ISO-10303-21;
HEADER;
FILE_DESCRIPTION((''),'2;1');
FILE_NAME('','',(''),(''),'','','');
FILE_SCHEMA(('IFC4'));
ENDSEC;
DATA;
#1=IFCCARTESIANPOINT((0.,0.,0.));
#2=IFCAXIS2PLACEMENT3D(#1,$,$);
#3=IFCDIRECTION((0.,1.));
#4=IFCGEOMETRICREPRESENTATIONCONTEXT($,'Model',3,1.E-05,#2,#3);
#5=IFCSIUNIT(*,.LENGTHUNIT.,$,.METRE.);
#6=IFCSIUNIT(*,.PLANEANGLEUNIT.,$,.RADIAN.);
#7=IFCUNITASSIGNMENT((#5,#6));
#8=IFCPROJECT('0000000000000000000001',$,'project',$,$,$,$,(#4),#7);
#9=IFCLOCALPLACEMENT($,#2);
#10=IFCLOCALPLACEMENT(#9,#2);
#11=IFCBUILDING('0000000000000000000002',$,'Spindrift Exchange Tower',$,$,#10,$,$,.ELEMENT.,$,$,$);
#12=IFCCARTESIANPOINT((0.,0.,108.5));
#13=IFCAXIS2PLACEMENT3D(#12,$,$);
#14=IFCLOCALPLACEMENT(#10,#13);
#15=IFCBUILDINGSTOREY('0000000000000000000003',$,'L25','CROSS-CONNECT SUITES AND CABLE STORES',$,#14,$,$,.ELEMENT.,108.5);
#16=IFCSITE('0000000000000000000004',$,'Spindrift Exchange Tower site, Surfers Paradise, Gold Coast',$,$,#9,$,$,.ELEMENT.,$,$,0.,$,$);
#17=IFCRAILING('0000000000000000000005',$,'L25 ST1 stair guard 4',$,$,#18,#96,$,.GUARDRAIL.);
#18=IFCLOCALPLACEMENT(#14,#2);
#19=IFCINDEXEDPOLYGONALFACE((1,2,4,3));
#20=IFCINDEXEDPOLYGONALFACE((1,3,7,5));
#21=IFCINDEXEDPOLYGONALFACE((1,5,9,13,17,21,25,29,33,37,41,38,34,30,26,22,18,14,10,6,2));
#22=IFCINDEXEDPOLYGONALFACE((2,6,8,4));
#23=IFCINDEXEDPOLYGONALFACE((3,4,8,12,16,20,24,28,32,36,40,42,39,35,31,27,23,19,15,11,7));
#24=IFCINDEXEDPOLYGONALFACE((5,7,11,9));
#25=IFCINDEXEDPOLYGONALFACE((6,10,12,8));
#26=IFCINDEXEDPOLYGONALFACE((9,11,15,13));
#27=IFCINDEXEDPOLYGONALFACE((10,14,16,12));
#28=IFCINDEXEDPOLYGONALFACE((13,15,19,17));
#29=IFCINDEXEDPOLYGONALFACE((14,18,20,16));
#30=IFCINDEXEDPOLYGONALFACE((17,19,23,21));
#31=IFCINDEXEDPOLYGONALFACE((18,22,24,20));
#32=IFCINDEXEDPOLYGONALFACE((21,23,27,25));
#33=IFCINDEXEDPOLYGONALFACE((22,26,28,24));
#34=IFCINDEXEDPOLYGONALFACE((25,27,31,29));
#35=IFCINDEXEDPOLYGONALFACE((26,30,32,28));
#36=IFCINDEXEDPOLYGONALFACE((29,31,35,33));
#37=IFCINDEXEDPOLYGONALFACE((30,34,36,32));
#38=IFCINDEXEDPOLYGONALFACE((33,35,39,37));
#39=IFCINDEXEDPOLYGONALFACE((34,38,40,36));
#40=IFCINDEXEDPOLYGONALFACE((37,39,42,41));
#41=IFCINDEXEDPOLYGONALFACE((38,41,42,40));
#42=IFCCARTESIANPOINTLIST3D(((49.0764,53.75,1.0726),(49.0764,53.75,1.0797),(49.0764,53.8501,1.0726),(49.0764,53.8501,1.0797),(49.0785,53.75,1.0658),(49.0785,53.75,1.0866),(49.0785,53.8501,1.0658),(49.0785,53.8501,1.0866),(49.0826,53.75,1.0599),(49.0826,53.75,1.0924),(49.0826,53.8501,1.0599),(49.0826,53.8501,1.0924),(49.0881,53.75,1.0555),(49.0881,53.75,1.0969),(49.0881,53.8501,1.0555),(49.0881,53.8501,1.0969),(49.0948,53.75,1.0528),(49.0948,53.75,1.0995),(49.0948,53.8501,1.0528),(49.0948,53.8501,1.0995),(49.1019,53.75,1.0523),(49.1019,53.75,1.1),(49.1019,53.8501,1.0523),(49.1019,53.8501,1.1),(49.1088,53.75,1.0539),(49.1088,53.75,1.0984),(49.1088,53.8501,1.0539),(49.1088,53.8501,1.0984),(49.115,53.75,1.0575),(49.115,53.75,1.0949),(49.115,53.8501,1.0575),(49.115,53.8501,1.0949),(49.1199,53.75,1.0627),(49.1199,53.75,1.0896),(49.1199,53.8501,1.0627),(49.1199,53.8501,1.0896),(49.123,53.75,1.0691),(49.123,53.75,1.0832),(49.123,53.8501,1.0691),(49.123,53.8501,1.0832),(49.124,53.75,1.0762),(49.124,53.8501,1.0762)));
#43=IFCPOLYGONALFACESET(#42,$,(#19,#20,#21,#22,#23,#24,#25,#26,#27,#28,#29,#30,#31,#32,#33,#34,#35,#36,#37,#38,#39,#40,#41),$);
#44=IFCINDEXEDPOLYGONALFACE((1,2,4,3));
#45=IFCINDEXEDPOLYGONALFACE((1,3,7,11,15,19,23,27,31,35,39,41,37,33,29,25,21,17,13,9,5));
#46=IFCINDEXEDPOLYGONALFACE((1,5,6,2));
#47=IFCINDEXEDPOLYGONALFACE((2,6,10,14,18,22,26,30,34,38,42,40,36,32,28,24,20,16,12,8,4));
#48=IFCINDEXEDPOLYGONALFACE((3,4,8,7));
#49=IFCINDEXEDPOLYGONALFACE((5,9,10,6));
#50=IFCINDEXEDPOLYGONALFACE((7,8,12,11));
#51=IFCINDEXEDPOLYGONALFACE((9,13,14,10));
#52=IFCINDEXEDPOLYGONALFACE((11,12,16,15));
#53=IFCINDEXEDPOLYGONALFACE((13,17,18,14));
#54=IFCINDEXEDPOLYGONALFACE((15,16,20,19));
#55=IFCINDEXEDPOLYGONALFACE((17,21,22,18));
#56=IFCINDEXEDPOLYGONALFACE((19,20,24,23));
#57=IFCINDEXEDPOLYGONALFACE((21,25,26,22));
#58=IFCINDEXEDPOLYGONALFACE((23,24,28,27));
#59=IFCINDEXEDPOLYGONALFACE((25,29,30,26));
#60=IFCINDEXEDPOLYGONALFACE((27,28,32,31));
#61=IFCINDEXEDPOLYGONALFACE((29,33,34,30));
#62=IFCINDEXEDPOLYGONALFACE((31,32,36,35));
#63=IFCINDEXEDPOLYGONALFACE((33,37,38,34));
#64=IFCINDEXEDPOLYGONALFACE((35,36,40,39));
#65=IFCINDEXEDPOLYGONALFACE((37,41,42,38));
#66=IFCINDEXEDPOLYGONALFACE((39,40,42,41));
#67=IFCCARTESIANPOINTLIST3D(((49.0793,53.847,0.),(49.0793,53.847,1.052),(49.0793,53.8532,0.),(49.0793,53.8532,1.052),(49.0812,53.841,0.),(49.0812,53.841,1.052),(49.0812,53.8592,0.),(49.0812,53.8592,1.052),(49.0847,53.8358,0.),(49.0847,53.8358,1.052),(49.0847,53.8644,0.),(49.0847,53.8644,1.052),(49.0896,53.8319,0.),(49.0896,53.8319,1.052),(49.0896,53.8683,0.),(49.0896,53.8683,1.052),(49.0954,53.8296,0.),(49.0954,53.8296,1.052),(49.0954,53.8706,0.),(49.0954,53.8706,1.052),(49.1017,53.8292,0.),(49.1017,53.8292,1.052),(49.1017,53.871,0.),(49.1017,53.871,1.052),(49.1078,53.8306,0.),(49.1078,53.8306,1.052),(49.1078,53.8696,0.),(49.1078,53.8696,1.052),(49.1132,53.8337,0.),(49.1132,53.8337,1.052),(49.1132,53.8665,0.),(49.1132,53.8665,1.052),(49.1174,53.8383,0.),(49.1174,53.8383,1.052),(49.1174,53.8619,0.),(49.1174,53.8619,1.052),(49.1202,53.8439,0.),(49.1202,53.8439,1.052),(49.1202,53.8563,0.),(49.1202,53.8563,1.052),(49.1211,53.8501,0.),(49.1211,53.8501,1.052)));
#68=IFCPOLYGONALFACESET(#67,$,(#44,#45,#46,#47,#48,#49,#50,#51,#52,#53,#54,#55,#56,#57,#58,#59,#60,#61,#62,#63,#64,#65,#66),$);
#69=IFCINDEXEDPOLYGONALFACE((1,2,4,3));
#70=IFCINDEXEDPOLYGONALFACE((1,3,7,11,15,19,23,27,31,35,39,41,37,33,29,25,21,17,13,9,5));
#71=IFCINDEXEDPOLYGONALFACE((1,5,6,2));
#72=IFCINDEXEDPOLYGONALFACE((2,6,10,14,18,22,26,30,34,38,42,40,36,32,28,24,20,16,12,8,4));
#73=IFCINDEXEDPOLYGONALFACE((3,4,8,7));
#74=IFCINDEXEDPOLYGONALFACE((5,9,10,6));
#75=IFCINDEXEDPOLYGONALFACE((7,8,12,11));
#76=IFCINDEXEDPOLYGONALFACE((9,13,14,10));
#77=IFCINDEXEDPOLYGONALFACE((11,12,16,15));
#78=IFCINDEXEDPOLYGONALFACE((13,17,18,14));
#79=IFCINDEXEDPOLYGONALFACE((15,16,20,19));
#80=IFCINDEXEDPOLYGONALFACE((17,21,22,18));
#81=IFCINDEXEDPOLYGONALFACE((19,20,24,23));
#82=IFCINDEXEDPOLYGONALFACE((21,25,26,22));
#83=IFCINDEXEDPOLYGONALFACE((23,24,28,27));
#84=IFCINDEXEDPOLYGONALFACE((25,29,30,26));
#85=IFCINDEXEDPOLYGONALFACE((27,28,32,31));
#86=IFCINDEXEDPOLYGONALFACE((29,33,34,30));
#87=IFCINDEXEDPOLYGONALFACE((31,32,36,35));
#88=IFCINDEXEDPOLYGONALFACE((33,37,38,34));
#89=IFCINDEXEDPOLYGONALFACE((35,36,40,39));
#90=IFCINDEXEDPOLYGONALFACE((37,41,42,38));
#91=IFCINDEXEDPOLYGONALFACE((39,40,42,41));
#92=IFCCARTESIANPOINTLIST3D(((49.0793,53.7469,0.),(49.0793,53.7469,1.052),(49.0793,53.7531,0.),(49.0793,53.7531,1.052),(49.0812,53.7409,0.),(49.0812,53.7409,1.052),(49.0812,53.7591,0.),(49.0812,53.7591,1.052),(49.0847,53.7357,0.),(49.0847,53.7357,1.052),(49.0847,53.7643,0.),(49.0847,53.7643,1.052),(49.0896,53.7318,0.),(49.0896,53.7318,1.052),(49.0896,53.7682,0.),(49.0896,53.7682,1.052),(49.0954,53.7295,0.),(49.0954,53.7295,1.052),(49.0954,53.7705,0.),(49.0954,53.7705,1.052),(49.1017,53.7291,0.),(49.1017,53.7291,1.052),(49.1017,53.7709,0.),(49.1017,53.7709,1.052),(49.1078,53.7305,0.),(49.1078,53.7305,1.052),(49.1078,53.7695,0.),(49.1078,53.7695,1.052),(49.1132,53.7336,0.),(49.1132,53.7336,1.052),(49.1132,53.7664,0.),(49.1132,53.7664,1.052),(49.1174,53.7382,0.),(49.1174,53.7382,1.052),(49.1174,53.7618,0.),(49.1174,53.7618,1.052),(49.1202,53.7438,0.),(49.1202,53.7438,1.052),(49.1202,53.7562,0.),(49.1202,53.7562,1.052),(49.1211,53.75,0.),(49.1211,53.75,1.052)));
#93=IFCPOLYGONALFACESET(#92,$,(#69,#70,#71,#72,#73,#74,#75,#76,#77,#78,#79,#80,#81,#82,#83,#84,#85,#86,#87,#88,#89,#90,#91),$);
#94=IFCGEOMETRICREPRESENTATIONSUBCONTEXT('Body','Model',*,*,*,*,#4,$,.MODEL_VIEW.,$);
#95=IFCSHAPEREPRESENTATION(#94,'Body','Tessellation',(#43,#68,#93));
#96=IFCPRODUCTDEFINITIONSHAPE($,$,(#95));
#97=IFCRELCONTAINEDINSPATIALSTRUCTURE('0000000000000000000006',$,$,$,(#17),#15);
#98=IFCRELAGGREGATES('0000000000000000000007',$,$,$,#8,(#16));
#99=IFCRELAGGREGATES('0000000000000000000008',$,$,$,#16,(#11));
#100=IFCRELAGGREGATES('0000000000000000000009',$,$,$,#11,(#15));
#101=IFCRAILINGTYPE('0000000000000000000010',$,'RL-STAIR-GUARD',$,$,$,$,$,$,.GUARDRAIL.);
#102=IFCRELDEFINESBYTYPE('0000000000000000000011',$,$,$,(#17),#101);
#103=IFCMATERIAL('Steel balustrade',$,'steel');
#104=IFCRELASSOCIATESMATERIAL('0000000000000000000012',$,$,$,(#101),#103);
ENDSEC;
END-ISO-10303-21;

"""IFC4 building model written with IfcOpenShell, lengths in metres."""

from ifc_helpers import new_model, si_unit, direction, frame, origin, origin_2d, place, context, subcontext, project, spatial, circle, extrude, material, type_object, element, save


model = new_model("IFC4")

# Units and contexts
model_context = context("Model", 3, precision=1e-05, world=origin(), true_north=direction((0.0, 1.0)))
body_context = subcontext(model_context, "Body", "Model", "MODEL_VIEW")
ifc_project = project(units=[si_unit("LENGTHUNIT", "METRE"), si_unit("PLANEANGLEUNIT", "RADIAN")], contexts=[model_context])

# Site, building, storey
site_placement = place(None, origin())
site = spatial("IfcSite", under=ifc_project, at=site_placement, Name="Spindrift Exchange Tower site, Surfers Paradise, Gold Coast", CompositionType="ELEMENT", RefElevation=0.0)
building_placement = place(site_placement, origin())
building = spatial("IfcBuilding", under=site, at=building_placement, Name="Spindrift Exchange Tower", CompositionType="ELEMENT")
storey_placement = place(building_placement, frame((0.0, 0.0, 108.5)))
storey = spatial("IfcBuildingStorey", under=building, at=storey_placement, Name="L25", Description="CROSS-CONNECT SUITES AND CABLE STORES", CompositionType="ELEMENT", Elevation=108.5)

# Railing
ifc_material_1 = material(Name="Steel balustrade", Category="steel")
railing_type_1 = type_object("IfcRailingType", Name="RL-STAIR-GUARD", PredefinedType="GUARDRAIL", material=ifc_material_1)
railing_1_placement = place(storey_placement, frame((49.1001, 53.8501, 0.0)))
element("IfcRailing", 1, at=railing_1_placement, inside=storey, type_object=railing_type_1, Name="L25 ST1 stair guard 4", PredefinedType="GUARDRAIL", context=body_context, shape_type="SweptSolid", body=[
    extrude(circle(Radius=0.0239, at=origin_2d()), frame((0.0, 0.0, 1.0762), z_axis=(0.0, -1.0, 0.0), x_axis=(1.0, 0.0, 0.0)), (0.0, 0.0, 1.0), 0.1001),
    extrude(circle(Radius=0.021, at=origin_2d()), origin(), (0.0, 0.0, 1.0), 1.052),
    extrude(circle(Radius=0.021, at=origin_2d()), frame((0.0, -0.1001, 0.0)), (0.0, 0.0, 1.0), 1.052),
])

save(model, "model.ifc")
